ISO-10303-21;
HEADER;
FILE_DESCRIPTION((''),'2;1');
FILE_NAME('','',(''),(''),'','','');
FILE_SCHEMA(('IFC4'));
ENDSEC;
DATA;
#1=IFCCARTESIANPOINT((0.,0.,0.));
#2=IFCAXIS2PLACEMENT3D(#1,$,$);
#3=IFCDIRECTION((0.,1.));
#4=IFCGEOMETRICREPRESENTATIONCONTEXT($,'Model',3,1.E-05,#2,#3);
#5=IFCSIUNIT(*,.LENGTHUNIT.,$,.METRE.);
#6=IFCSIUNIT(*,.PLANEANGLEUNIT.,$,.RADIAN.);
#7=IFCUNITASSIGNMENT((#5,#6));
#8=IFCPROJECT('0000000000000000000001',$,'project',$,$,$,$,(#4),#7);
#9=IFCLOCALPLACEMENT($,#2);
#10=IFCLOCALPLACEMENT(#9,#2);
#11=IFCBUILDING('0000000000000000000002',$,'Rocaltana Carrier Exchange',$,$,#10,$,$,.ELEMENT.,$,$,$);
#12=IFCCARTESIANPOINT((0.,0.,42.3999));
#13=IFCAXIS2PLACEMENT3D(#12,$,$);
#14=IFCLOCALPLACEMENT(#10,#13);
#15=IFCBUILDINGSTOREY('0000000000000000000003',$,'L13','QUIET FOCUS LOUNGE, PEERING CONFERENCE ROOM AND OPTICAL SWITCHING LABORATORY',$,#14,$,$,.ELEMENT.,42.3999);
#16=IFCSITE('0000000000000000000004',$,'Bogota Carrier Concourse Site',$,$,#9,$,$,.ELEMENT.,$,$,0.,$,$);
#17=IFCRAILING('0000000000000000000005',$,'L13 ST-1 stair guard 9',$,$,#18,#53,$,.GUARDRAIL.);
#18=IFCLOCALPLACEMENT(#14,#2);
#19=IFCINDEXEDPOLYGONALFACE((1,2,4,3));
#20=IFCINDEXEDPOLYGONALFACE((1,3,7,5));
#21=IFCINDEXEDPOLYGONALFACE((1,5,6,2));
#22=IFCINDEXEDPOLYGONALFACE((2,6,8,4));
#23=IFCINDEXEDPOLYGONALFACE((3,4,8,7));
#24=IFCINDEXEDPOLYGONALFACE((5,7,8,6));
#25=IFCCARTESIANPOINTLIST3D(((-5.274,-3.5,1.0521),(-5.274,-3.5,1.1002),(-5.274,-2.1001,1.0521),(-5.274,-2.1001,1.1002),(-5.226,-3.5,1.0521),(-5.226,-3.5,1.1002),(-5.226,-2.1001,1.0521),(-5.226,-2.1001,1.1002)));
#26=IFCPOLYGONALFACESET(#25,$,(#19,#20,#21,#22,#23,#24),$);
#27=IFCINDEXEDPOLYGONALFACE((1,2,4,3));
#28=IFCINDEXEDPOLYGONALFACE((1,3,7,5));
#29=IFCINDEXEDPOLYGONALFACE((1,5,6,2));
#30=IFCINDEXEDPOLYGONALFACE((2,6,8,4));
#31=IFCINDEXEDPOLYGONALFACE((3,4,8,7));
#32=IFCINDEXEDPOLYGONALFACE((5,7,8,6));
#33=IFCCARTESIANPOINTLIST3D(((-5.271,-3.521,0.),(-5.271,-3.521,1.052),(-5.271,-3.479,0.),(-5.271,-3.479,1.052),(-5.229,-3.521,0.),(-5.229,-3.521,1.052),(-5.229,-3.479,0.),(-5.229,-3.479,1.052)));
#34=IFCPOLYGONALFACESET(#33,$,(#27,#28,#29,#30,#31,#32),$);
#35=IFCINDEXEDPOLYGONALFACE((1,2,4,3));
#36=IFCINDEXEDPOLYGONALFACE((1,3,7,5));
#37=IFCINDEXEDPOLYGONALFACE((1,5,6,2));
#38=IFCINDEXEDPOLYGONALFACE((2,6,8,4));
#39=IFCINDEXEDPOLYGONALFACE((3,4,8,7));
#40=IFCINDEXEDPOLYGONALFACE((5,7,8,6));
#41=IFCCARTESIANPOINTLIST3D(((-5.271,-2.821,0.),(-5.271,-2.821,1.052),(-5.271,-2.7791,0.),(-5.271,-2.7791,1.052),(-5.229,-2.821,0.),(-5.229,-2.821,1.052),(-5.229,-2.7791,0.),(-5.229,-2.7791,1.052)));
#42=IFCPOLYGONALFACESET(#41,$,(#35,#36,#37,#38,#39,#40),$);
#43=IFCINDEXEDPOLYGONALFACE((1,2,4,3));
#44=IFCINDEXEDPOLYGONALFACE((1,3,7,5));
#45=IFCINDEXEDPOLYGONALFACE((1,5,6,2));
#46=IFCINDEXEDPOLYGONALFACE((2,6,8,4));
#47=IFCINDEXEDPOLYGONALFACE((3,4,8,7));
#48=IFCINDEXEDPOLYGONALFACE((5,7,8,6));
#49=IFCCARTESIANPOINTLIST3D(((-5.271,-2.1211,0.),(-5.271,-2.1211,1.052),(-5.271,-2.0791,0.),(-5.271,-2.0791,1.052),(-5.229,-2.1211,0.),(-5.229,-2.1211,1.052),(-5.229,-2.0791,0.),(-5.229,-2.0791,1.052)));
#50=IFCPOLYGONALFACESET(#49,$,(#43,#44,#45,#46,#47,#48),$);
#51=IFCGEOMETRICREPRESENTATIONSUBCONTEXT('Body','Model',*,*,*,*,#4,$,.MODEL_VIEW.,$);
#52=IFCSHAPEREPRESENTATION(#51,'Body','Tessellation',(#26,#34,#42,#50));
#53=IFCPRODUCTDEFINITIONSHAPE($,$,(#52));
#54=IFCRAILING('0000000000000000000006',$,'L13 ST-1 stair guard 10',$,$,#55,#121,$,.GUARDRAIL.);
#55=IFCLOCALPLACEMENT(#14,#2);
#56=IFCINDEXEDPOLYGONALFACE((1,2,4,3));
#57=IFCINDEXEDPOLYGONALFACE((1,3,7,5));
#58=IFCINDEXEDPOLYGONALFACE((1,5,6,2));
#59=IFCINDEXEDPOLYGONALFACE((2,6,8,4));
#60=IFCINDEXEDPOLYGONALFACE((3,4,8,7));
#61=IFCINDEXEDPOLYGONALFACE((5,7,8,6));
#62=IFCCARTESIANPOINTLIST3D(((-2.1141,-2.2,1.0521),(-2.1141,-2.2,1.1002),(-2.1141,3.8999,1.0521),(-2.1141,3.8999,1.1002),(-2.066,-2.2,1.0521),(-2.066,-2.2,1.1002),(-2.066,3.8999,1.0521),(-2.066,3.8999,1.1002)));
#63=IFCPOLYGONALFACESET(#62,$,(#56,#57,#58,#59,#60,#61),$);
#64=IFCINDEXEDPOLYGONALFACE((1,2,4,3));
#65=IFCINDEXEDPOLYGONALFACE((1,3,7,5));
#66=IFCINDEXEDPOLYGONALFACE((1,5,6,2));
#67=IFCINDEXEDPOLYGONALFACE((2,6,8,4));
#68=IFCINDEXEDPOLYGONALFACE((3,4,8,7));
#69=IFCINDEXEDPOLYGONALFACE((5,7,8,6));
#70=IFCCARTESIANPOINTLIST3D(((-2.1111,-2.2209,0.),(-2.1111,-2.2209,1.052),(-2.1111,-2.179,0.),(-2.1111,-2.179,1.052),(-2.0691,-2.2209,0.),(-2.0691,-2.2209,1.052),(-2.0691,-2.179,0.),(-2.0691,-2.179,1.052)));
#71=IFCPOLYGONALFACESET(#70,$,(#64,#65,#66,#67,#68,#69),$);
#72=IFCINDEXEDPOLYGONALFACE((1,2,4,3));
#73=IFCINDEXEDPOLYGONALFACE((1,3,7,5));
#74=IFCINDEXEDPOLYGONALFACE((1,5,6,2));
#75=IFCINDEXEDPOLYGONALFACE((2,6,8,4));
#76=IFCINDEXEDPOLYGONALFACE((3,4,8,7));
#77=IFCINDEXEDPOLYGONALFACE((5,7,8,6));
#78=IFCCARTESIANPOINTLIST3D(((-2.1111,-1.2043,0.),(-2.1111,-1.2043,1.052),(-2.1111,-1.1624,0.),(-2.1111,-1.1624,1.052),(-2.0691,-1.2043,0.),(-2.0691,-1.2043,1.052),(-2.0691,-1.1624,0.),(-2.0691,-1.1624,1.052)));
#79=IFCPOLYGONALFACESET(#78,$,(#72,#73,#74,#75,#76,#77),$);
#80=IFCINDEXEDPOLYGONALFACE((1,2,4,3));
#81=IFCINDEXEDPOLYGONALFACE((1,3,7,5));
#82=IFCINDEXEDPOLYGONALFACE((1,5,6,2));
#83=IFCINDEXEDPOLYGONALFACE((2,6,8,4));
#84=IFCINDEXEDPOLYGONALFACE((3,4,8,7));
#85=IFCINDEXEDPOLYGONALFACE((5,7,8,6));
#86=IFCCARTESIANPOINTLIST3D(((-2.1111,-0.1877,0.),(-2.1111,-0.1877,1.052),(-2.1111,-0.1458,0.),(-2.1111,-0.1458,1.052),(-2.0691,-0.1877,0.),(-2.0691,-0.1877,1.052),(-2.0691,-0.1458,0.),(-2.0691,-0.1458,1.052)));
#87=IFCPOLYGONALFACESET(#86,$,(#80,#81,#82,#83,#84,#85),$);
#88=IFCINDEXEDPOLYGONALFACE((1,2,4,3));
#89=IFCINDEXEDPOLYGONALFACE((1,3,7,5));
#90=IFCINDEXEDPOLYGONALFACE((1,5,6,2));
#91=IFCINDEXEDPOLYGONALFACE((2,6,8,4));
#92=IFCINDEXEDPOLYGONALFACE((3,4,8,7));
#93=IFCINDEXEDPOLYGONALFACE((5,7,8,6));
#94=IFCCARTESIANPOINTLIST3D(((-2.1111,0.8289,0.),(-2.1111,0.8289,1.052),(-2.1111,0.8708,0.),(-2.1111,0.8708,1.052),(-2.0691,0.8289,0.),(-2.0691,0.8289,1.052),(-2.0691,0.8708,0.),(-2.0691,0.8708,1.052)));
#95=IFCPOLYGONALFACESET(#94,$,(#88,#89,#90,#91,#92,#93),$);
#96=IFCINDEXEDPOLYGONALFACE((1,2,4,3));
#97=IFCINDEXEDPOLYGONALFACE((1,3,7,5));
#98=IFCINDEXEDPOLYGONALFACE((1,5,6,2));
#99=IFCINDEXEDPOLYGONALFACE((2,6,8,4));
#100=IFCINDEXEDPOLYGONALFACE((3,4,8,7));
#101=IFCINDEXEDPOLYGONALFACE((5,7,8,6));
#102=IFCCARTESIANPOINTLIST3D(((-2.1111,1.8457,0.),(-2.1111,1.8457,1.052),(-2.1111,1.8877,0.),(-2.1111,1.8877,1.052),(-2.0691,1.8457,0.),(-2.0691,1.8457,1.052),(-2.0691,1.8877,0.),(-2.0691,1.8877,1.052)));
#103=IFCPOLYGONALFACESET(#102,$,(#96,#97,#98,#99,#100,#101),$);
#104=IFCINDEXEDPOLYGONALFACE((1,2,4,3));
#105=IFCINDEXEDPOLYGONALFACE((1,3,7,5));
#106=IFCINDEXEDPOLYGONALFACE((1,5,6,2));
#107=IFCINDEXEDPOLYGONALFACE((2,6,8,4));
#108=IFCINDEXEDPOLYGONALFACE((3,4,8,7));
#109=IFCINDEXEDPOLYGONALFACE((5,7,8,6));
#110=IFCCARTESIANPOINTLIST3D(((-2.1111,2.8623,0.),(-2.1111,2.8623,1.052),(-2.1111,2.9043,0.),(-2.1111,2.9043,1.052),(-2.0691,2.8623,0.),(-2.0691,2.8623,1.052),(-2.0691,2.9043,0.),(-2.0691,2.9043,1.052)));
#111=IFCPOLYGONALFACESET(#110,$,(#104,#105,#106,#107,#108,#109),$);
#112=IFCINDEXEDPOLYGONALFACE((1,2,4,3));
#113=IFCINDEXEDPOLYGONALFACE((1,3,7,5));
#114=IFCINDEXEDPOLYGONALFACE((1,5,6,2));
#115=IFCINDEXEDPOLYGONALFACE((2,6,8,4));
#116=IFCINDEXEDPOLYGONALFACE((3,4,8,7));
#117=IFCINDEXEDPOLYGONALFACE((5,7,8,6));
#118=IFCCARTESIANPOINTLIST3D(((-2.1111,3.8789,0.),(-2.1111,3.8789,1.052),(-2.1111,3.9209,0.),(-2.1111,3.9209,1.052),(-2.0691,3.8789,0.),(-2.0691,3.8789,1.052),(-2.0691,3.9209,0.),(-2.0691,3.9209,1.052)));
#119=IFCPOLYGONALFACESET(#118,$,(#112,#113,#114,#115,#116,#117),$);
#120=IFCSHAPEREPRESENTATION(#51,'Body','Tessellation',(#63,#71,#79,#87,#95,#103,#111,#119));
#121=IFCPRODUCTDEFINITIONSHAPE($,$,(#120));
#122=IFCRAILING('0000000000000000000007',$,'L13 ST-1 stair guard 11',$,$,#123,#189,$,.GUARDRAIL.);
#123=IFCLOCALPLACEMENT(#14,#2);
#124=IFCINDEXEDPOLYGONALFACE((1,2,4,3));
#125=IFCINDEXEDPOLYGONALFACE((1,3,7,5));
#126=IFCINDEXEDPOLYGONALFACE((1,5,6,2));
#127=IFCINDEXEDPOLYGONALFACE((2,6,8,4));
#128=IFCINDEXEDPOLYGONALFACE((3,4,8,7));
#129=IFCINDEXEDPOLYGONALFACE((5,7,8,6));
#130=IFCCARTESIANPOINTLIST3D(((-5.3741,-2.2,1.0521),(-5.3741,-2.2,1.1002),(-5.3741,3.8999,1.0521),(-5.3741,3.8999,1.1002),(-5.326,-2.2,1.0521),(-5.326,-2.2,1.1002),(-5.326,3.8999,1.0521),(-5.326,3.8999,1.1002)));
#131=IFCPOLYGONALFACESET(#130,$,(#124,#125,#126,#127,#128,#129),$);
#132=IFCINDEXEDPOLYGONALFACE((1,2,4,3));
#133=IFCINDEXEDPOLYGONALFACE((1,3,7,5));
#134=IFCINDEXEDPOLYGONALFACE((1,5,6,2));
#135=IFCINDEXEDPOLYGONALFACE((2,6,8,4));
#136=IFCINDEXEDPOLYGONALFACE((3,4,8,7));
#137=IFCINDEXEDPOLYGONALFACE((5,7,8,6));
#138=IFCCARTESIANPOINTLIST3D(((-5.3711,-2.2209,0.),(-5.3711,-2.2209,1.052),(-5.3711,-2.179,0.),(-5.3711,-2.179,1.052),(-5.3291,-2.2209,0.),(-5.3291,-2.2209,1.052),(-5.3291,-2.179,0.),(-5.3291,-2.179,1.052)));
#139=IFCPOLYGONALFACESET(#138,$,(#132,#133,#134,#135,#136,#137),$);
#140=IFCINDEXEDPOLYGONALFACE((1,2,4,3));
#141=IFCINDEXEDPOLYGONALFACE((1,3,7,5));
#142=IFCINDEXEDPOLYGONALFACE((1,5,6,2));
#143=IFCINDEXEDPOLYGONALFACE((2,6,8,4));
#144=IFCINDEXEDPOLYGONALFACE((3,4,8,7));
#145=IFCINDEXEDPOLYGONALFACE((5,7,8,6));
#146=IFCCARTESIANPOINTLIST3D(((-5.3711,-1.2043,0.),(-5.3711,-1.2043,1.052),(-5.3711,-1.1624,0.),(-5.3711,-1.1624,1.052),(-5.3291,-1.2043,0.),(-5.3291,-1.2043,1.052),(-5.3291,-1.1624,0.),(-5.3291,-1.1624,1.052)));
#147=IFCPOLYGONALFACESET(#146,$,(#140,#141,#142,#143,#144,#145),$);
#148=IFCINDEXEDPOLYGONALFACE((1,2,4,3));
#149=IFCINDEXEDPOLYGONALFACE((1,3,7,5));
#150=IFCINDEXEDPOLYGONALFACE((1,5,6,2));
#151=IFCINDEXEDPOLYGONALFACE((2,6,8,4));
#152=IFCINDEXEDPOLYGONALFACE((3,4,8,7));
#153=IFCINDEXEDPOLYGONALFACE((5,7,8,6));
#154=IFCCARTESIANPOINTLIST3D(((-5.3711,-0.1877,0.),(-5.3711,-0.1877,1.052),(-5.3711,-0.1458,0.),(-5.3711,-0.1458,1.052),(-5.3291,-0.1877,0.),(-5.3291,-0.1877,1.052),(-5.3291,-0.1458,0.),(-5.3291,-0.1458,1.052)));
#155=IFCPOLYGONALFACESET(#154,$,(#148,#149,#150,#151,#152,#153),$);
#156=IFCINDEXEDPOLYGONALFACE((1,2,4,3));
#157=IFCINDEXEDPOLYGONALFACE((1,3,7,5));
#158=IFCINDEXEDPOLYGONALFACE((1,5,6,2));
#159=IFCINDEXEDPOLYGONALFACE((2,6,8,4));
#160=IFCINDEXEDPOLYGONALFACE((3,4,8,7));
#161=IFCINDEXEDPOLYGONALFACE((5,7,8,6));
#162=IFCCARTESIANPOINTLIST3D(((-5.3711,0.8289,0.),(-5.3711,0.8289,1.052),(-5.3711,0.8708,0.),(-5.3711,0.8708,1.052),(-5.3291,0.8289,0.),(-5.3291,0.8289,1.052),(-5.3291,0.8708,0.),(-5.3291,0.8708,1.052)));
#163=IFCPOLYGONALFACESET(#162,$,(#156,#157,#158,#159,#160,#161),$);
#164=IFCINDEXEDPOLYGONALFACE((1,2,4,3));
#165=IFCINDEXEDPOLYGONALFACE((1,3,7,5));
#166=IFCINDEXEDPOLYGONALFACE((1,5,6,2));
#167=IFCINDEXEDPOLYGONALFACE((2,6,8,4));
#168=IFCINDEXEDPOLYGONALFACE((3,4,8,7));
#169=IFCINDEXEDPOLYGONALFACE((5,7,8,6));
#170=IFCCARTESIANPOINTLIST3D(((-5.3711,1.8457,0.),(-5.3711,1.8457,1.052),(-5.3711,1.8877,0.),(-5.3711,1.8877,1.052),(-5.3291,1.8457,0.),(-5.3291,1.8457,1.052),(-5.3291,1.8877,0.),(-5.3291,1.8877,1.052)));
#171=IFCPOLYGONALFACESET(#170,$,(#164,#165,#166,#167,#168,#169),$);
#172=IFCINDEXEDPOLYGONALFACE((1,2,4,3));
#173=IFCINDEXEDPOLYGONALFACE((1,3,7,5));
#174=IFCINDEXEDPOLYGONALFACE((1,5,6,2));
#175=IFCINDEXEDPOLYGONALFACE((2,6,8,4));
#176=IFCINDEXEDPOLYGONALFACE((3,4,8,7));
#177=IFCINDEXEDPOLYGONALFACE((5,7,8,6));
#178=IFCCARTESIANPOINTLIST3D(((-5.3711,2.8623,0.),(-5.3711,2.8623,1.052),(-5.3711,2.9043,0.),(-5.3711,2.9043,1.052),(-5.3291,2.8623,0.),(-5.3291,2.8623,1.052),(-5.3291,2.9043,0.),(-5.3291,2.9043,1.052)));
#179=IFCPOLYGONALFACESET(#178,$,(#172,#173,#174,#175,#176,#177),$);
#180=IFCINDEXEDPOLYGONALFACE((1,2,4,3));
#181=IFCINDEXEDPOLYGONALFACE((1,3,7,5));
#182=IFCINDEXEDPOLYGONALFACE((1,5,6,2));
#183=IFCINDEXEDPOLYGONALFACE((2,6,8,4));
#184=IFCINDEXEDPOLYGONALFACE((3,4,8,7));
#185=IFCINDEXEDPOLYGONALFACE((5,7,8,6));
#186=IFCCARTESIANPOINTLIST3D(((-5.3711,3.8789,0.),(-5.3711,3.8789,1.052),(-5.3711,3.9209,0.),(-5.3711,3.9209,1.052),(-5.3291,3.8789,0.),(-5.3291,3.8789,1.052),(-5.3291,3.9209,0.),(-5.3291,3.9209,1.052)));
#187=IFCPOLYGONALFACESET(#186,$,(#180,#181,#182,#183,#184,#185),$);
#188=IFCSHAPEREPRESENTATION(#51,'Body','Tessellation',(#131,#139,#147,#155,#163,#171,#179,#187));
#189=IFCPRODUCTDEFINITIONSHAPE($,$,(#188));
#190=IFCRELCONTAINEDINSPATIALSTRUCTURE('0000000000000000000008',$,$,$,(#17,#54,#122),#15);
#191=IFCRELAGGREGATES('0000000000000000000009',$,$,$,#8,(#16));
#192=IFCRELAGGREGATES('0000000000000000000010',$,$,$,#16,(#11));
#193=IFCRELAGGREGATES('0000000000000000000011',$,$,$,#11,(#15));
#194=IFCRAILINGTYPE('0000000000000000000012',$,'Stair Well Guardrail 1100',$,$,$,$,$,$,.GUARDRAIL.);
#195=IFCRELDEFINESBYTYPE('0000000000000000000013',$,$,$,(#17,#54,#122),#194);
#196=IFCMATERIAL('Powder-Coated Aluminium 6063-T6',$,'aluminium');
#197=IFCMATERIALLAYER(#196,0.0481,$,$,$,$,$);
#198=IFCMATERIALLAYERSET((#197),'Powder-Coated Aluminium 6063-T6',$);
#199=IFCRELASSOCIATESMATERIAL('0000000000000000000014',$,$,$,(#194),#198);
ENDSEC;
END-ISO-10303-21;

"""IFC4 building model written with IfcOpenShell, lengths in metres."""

from ifc_helpers import new_model, si_unit, direction, frame, origin, origin_2d, place, context, subcontext, project, spatial, rectangle, extrude, material, layer, layer_set, type_object, element, save


model = new_model("IFC4")

# Units and contexts
model_context = context("Model", 3, precision=1e-05, world=origin(), true_north=direction((0.0, 1.0)))
body_context = subcontext(model_context, "Body", "Model", "MODEL_VIEW")
ifc_project = project(units=[si_unit("LENGTHUNIT", "METRE"), si_unit("PLANEANGLEUNIT", "RADIAN")], contexts=[model_context])

# Site, building, storey
site_placement = place(None, origin())
site = spatial("IfcSite", under=ifc_project, at=site_placement, Name="Bogota Carrier Concourse Site", CompositionType="ELEMENT", RefElevation=0.0)
building_placement = place(site_placement, origin())
building = spatial("IfcBuilding", under=site, at=building_placement, Name="Rocaltana Carrier Exchange", CompositionType="ELEMENT")
storey_placement = place(building_placement, frame((0.0, 0.0, 42.3999)))
storey = spatial("IfcBuildingStorey", under=building, at=storey_placement, Name="L13", Description="QUIET FOCUS LOUNGE, PEERING CONFERENCE ROOM AND OPTICAL SWITCHING LABORATORY", CompositionType="ELEMENT", Elevation=42.3999)

# Railings
ifc_material_1 = material(Name="Powder-Coated Aluminium 6063-T6", Category="aluminium")
ifc_layer_1 = layer(ifc_material_1, 0.0481)
ifc_layer_set_1 = layer_set([ifc_layer_1], Name="Powder-Coated Aluminium 6063-T6")
railing_type_1 = type_object("IfcRailingType", Name="Stair Well Guardrail 1100", PredefinedType="GUARDRAIL", material=ifc_layer_set_1)
for number, where, name in (
    (1, (-5.25, -3.5, 0.0), "L13 ST-1 stair guard 9"),
):
    element("IfcRailing", number, at=place(storey_placement, frame(where)), inside=storey, type_object=railing_type_1, Name=name, PredefinedType="GUARDRAIL", context=body_context, shape_type="SweptSolid", body=[
        extrude(rectangle(XDim=0.0481, YDim=0.0481, at=origin_2d()), frame((0.0, 0.0, 1.0762), z_axis=(0.0, 1.0, 0.0), x_axis=(-1.0, 0.0, 0.0)), (0.0, 0.0, 1.0), 1.3999),
        extrude(rectangle(XDim=0.042, YDim=0.042, at=origin_2d()), origin(), (0.0, 0.0, 1.0), 1.052),
        extrude(rectangle(XDim=0.042, YDim=0.042, at=origin_2d()), frame((0.0, 0.7, 0.0)), (0.0, 0.0, 1.0), 1.052),
        extrude(rectangle(XDim=0.042, YDim=0.042, at=origin_2d()), frame((0.0, 1.3999, 0.0)), (0.0, 0.0, 1.0), 1.052),
    ])
for number, where, name in (
    (2, (-2.0901, -2.2, 0.0), "L13 ST-1 stair guard 10"),
    (3, (-5.3501, -2.2, 0.0), "L13 ST-1 stair guard 11"),
):
    element("IfcRailing", number, at=place(storey_placement, frame(where)), inside=storey, type_object=railing_type_1, Name=name, PredefinedType="GUARDRAIL", context=body_context, shape_type="SweptSolid", body=[
        extrude(rectangle(XDim=0.0481, YDim=0.0481, at=origin_2d()), frame((0.0, 0.0, 1.0762), z_axis=(0.0, 1.0, 0.0), x_axis=(-1.0, 0.0, 0.0)), (0.0, 0.0, 1.0), 6.0999),
        extrude(rectangle(XDim=0.042, YDim=0.042, at=origin_2d()), origin(), (0.0, 0.0, 1.0), 1.052),
        extrude(rectangle(XDim=0.042, YDim=0.042, at=origin_2d()), frame((0.0, 1.0166, 0.0)), (0.0, 0.0, 1.0), 1.052),
        extrude(rectangle(XDim=0.042, YDim=0.042, at=origin_2d()), frame((0.0, 2.0332, 0.0)), (0.0, 0.0, 1.0), 1.052),
        extrude(rectangle(XDim=0.042, YDim=0.042, at=origin_2d()), frame((0.0, 3.0498, 0.0)), (0.0, 0.0, 1.0), 1.052),
        extrude(rectangle(XDim=0.042, YDim=0.042, at=origin_2d()), frame((0.0, 4.0667, 0.0)), (0.0, 0.0, 1.0), 1.052),
        extrude(rectangle(XDim=0.042, YDim=0.042, at=origin_2d()), frame((0.0, 5.0833, 0.0)), (0.0, 0.0, 1.0), 1.052),
        extrude(rectangle(XDim=0.042, YDim=0.042, at=origin_2d()), frame((0.0, 6.0999, 0.0)), (0.0, 0.0, 1.0), 1.052),
    ])

save(model, "model.ifc")
